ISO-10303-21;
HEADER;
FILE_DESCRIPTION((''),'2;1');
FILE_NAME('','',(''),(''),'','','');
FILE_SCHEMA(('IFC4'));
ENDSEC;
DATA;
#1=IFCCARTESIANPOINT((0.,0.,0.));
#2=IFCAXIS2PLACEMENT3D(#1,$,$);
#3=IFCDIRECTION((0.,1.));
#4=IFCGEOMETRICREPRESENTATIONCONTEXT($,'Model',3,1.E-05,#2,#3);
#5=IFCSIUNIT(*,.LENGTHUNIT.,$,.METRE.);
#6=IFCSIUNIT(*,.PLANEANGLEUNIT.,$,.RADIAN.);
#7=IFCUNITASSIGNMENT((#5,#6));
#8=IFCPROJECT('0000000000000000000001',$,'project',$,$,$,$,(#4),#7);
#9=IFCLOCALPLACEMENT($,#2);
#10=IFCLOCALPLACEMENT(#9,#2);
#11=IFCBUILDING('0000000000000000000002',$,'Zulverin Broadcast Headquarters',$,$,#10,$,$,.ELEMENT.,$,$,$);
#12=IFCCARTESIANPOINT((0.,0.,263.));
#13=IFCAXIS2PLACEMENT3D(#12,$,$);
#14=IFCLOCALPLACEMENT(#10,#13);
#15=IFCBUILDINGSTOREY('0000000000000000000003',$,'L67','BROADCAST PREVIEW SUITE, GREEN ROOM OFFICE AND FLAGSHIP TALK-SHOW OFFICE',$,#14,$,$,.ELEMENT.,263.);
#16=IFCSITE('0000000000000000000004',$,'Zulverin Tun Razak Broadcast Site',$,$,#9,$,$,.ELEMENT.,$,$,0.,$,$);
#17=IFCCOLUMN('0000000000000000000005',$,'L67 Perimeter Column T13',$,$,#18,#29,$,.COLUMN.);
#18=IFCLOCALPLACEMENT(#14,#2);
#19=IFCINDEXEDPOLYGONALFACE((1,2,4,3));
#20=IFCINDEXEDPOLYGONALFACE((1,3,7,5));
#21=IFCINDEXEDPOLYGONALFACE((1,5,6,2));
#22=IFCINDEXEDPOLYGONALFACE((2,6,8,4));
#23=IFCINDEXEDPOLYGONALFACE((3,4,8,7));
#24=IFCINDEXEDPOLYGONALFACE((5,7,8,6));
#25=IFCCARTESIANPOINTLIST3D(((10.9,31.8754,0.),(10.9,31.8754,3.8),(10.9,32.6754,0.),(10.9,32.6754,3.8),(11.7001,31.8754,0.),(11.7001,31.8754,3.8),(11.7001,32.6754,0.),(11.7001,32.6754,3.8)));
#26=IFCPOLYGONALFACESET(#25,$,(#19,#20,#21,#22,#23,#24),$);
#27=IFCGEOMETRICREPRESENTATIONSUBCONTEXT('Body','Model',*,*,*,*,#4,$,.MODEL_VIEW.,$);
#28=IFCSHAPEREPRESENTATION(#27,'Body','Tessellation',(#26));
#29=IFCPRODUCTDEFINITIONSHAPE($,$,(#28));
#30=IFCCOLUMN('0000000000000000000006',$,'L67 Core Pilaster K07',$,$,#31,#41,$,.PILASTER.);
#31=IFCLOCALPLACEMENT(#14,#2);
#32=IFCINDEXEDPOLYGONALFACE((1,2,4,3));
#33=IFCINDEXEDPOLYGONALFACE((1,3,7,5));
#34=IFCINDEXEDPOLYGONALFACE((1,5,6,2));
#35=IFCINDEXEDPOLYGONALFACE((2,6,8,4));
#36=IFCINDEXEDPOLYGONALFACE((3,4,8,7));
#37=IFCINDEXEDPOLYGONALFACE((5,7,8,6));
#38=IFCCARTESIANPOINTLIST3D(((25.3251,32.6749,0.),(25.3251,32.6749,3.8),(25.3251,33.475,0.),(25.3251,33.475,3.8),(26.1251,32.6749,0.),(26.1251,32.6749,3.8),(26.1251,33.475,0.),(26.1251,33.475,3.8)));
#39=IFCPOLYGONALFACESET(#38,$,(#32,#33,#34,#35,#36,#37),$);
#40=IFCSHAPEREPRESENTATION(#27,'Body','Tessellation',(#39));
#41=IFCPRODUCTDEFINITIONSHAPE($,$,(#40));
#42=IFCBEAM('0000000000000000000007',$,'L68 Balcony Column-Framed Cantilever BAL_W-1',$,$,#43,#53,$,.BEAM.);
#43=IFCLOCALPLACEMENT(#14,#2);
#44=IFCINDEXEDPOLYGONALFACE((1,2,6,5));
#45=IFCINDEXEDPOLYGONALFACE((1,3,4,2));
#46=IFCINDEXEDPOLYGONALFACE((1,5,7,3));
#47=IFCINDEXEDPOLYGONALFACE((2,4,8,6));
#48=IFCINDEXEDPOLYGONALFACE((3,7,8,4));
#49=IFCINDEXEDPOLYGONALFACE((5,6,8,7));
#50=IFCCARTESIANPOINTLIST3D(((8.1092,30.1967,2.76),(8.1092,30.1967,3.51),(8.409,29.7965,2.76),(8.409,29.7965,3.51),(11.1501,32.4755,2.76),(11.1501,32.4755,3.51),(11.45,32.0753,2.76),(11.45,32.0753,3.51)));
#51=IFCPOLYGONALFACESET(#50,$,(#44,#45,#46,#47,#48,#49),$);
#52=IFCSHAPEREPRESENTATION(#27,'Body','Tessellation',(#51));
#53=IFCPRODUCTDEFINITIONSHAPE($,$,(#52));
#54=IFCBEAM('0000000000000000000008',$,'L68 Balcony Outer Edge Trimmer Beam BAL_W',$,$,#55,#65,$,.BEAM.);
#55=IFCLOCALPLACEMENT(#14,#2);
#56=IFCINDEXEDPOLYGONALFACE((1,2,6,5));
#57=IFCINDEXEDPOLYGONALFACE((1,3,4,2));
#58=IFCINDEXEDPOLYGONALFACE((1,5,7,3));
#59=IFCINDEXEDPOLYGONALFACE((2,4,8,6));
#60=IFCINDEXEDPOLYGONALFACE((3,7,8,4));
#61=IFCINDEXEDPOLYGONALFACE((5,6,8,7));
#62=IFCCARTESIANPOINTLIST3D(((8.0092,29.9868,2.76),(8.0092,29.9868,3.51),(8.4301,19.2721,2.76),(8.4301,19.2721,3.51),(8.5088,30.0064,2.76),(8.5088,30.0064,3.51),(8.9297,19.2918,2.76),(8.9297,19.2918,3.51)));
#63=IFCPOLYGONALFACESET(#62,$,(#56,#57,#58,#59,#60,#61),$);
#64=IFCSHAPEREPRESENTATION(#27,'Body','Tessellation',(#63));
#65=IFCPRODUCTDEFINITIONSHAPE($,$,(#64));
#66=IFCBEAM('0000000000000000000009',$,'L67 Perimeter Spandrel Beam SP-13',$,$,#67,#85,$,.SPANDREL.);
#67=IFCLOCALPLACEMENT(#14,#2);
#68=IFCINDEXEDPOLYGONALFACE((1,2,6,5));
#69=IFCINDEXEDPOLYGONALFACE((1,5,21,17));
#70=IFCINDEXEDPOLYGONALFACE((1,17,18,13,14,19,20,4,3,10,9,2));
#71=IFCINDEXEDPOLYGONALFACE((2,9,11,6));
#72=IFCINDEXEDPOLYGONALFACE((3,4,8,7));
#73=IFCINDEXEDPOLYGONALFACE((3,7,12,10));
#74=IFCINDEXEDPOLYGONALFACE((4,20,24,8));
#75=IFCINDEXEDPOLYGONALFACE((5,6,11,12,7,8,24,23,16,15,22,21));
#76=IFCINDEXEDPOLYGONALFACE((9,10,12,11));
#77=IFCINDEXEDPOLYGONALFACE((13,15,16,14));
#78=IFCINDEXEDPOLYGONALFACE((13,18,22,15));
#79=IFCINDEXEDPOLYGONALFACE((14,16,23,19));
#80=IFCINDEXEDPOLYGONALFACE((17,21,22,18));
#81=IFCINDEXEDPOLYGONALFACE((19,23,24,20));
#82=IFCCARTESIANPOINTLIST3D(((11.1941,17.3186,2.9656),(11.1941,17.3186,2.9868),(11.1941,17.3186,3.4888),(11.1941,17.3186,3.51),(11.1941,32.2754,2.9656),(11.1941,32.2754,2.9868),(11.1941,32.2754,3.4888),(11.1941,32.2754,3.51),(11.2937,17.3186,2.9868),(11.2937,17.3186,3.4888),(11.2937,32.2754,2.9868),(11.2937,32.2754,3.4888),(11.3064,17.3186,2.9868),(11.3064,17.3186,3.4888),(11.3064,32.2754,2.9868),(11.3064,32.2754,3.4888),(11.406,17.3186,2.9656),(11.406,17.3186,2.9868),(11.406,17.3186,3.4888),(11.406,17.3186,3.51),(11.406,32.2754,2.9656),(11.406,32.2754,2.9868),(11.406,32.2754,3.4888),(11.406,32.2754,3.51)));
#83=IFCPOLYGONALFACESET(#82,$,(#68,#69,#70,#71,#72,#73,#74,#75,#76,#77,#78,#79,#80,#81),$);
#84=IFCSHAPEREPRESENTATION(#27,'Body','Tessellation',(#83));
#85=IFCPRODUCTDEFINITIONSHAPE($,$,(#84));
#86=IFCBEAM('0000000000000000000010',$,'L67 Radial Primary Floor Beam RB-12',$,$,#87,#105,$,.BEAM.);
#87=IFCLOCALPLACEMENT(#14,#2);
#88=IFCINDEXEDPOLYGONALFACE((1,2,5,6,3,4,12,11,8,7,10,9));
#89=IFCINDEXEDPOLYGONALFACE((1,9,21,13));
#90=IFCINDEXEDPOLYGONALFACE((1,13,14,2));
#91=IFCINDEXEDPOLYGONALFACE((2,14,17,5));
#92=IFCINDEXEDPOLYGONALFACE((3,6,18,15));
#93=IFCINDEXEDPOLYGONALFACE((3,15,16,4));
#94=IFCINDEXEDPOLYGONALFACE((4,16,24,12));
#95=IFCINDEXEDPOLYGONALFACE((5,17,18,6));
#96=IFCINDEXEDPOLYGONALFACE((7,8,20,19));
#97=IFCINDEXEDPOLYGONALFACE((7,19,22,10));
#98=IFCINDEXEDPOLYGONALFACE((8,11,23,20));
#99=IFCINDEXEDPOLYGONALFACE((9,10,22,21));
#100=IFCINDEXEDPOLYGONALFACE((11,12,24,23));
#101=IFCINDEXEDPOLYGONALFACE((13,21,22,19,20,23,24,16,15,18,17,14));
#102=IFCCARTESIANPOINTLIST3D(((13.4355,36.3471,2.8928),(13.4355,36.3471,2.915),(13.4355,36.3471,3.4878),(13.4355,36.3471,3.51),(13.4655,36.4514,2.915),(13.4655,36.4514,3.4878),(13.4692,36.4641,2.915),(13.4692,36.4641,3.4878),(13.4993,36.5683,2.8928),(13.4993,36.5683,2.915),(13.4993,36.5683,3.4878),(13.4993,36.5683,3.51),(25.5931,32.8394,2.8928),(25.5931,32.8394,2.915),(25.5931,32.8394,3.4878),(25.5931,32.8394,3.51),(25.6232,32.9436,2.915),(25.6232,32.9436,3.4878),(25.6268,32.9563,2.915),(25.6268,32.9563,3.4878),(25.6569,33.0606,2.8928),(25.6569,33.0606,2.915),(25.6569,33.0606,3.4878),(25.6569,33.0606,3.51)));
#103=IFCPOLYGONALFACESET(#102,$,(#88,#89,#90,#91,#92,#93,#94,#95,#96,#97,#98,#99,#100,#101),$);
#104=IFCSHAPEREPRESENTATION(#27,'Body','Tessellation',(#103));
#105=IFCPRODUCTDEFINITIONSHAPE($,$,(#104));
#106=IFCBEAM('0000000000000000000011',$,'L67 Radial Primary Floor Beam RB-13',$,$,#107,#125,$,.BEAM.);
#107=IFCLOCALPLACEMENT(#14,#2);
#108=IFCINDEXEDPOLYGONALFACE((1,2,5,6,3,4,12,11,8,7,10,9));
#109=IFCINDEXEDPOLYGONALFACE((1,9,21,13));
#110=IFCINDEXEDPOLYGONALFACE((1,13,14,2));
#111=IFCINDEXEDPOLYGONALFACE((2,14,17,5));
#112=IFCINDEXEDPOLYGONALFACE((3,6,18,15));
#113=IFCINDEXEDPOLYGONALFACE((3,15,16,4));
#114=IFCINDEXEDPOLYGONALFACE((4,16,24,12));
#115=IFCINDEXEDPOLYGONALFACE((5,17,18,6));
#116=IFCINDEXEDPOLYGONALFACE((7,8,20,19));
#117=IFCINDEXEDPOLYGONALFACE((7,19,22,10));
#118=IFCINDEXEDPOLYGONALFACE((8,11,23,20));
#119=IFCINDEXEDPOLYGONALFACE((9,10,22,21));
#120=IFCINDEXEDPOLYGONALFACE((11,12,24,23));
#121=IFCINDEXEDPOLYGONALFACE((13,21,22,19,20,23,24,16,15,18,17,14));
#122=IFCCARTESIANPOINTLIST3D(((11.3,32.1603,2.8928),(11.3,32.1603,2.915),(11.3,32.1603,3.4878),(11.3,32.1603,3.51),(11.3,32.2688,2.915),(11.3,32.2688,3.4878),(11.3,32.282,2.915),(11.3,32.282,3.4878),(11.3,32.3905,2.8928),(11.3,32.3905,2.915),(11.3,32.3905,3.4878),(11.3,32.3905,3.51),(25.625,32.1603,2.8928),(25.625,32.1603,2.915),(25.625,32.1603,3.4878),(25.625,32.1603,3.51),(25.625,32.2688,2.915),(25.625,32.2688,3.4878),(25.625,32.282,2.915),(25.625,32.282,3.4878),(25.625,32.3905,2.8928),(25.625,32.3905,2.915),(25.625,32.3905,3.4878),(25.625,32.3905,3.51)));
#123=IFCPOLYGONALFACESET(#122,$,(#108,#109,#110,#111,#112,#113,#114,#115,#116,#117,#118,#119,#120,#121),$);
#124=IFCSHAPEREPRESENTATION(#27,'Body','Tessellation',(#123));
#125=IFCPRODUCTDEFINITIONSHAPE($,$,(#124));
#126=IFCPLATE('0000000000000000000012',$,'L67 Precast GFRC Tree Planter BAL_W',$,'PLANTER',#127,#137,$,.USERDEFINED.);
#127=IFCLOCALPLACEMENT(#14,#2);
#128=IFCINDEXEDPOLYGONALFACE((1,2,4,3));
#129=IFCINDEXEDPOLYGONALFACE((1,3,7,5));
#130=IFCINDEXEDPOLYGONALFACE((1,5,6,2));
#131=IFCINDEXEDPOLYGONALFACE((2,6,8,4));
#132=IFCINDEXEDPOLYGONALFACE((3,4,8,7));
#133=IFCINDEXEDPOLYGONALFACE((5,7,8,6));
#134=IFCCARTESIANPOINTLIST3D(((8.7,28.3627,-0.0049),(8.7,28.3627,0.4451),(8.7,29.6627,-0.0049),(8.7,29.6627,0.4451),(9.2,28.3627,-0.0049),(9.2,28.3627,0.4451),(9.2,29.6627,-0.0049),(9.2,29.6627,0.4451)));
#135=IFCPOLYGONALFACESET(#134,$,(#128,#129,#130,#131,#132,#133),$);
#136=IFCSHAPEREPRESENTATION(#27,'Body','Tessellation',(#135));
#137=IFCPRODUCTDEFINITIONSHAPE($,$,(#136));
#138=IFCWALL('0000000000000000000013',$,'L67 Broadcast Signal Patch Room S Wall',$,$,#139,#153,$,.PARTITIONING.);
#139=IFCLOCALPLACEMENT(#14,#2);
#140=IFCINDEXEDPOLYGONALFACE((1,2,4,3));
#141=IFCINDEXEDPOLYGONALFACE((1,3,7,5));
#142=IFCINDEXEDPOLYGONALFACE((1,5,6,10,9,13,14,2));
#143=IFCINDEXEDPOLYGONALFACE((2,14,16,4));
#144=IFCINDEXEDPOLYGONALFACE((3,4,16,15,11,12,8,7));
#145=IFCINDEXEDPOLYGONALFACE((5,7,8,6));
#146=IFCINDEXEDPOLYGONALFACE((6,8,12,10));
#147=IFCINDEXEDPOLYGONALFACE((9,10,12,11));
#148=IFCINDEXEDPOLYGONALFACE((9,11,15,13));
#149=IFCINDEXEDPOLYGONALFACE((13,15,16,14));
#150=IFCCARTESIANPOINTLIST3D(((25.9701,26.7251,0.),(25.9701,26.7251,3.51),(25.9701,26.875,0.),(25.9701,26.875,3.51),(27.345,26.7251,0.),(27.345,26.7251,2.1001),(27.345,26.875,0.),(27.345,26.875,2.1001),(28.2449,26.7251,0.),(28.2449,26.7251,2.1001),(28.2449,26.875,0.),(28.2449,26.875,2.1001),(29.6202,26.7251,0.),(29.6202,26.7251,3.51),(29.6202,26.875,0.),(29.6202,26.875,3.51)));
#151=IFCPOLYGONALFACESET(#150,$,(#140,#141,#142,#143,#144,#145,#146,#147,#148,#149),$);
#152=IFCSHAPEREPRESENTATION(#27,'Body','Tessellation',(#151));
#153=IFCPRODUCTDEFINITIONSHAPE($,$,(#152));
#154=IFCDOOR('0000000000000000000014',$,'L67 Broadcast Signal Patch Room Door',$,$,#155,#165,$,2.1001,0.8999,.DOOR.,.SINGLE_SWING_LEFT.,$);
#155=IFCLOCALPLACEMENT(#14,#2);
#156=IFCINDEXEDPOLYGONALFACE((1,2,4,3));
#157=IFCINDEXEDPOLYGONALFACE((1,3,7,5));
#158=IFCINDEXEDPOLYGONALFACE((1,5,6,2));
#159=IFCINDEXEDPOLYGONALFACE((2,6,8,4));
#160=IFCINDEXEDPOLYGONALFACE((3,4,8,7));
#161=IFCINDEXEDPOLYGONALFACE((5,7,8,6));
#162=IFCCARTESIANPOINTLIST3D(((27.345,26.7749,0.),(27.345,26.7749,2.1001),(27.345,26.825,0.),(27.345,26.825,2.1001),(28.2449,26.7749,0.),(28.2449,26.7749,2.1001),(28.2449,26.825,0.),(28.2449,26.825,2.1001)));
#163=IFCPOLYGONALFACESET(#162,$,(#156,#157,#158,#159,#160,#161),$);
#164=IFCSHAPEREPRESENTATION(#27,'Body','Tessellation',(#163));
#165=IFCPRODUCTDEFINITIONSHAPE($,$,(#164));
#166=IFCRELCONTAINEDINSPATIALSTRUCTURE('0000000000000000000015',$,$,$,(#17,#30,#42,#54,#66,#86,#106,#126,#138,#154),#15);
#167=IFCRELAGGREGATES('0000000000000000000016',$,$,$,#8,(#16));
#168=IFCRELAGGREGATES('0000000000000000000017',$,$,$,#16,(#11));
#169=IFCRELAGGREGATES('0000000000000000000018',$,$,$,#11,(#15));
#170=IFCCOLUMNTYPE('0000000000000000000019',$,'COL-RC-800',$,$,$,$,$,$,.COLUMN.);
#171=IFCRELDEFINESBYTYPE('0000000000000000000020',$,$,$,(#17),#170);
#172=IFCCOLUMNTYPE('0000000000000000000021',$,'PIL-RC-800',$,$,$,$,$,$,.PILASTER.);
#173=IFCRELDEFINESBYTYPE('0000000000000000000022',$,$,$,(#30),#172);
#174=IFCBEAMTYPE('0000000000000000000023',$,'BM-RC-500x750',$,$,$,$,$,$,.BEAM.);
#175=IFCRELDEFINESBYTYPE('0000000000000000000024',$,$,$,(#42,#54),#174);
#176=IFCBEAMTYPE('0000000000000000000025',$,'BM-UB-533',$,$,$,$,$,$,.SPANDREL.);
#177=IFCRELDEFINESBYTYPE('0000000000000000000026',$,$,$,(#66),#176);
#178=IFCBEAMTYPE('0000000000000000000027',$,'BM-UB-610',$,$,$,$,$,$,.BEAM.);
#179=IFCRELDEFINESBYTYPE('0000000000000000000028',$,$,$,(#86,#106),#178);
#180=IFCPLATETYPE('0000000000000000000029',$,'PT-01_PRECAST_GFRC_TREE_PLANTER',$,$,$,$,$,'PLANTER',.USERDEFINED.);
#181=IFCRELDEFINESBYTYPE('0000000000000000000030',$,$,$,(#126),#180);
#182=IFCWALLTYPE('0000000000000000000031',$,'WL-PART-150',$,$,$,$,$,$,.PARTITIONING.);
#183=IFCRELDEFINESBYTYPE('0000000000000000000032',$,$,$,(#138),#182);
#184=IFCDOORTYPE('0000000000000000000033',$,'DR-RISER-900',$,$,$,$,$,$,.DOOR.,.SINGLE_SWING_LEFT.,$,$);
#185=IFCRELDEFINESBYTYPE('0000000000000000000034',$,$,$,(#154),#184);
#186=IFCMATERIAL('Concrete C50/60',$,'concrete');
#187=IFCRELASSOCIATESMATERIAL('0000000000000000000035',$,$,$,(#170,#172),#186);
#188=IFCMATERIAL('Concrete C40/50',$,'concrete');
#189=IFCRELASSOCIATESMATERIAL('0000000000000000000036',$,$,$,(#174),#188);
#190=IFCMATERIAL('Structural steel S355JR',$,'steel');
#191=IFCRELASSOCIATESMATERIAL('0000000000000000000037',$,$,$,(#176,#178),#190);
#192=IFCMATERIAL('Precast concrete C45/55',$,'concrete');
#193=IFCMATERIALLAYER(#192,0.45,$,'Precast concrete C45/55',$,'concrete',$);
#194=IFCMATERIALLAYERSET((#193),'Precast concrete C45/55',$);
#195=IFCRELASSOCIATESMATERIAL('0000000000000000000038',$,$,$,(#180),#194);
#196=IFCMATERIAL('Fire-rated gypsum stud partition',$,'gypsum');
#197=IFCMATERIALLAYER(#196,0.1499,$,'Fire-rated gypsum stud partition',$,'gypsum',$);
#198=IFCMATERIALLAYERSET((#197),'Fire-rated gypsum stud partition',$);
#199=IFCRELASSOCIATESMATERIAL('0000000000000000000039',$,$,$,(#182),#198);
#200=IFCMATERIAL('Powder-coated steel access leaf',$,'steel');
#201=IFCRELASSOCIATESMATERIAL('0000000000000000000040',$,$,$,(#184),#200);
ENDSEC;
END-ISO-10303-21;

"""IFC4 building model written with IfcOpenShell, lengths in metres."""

from ifc_helpers import new_model, si_unit, direction, frame, frame_2d, origin, origin_2d, place, context, subcontext, project, spatial, rectangle, i_section, extrude, material, layer, layer_set, material_profile, profile_set, type_object, element, fill, save


model = new_model("IFC4")

# Units and contexts
model_context = context("Model", 3, precision=1e-05, world=origin(), true_north=direction((0.0, 1.0)))
body_context = subcontext(model_context, "Body", "Model", "MODEL_VIEW")
ifc_project = project(units=[si_unit("LENGTHUNIT", "METRE"), si_unit("PLANEANGLEUNIT", "RADIAN")], contexts=[model_context])

# Site, building, storey
site_placement = place(None, origin())
site = spatial("IfcSite", under=ifc_project, at=site_placement, Name="Zulverin Tun Razak Broadcast Site", CompositionType="ELEMENT", RefElevation=0.0)
building_placement = place(site_placement, origin())
building = spatial("IfcBuilding", under=site, at=building_placement, Name="Zulverin Broadcast Headquarters", CompositionType="ELEMENT")
storey_placement = place(building_placement, frame((0.0, 0.0, 263.0)))
storey = spatial("IfcBuildingStorey", under=building, at=storey_placement, Name="L67", Description="BROADCAST PREVIEW SUITE, GREEN ROOM OFFICE AND FLAGSHIP TALK-SHOW OFFICE", CompositionType="ELEMENT", Elevation=263.0)

# Columns
ifc_material_1 = material(Name="Concrete C50/60", Category="concrete")
ifc_material_profile_1 = material_profile(ifc_material_1, rectangle(XDim=0.8, YDim=0.8, at=origin_2d()), Name="Concrete C50/60", Category="concrete")
ifc_profile_set_1 = profile_set([ifc_material_profile_1], Name="Concrete C50/60")
column_type_1 = type_object("IfcColumnType", Name="COL-RC-800", PredefinedType="COLUMN", material=ifc_profile_set_1)
column_1_placement = place(storey_placement, frame((11.3, 32.2754, 0.0), z_axis=(0.0, 0.0, 1.0), x_axis=(1.0, 0.0, 0.0)))
element("IfcColumn", 1, at=column_1_placement, inside=storey, type_object=column_type_1, Name="L67 Perimeter Column T13", PredefinedType="COLUMN", context=body_context, shape_type="SweptSolid", body=[
    extrude(rectangle(XDim=0.8, YDim=0.8, at=origin_2d()), origin(), (0.0, 0.0, 1.0), 3.8),
])
ifc_material_profile_2 = material_profile(ifc_material_1, rectangle(XDim=0.8, YDim=0.8, at=origin_2d()), Name="Concrete C50/60", Category="concrete")
ifc_profile_set_2 = profile_set([ifc_material_profile_2], Name="Concrete C50/60")
column_type_2 = type_object("IfcColumnType", Name="PIL-RC-800", PredefinedType="PILASTER", material=ifc_profile_set_2)
column_2_placement = place(storey_placement, frame((25.7251, 33.075, 0.0), z_axis=(0.0, 0.0, 1.0), x_axis=(1.0, 0.0, 0.0)))
element("IfcColumn", 2, at=column_2_placement, inside=storey, type_object=column_type_2, Name="L67 Core Pilaster K07", PredefinedType="PILASTER", context=body_context, shape_type="SweptSolid", body=[
    extrude(rectangle(XDim=0.8, YDim=0.8, at=origin_2d()), origin(), (0.0, 0.0, 1.0), 3.8),
])

# Beams
ifc_material_2 = material(Name="Concrete C40/50", Category="concrete")
ifc_material_profile_3 = material_profile(ifc_material_2, rectangle(XDim=0.5, YDim=0.75, at=origin_2d()), Name="Concrete C40/50", Category="concrete")
ifc_profile_set_3 = profile_set([ifc_material_profile_3], Name="Concrete C40/50")
beam_type_1 = type_object("IfcBeamType", Name="BM-RC-500x750", PredefinedType="BEAM", material=ifc_profile_set_3)
beam_1_placement = place(storey_placement, frame((11.3, 32.2754, 3.135), z_axis=(-0.800247, -0.599671, 0.0), x_axis=(0.599671, -0.800247, 0.0)))
element("IfcBeam", 3, at=beam_1_placement, inside=storey, type_object=beam_type_1, Name="L68 Balcony Column-Framed Cantilever BAL_W-1", PredefinedType="BEAM", context=body_context, shape_type="SweptSolid", body=[
    extrude(rectangle(XDim=0.5, YDim=0.75, at=origin_2d()), origin(), (0.0, 0.0, 1.0), 3.8),
])
beam_2_placement = place(storey_placement, frame((8.259, 29.9966, 3.135), z_axis=(0.039252, -0.999229, 0.0), x_axis=(0.999229, 0.039252, 0.0)))
element("IfcBeam", 4, at=beam_2_placement, inside=storey, type_object=beam_type_1, Name="L68 Balcony Outer Edge Trimmer Beam BAL_W", PredefinedType="BEAM", context=body_context, shape_type="SweptSolid", body=[
    extrude(rectangle(XDim=0.5, YDim=0.75, at=origin_2d()), origin(), (0.0, 0.0, 1.0), 10.7229),
])
ifc_material_3 = material(Name="Structural steel S355JR", Category="steel")
ifc_material_profile_4 = material_profile(ifc_material_3, i_section(OverallWidth=0.2119, OverallDepth=0.5444, WebThickness=0.0127, FlangeThickness=0.0212, at=origin_2d()), Name="Structural steel S355JR", Category="steel")
ifc_profile_set_4 = profile_set([ifc_material_profile_4], Name="Structural steel S355JR")
beam_type_2 = type_object("IfcBeamType", Name="BM-UB-533", PredefinedType="SPANDREL", material=ifc_profile_set_4)
beam_3_placement = place(storey_placement, frame((11.3, 32.2754, 3.2378), z_axis=(0.0, -1.0, 0.0), x_axis=(1.0, 0.0, 0.0)))
element("IfcBeam", 5, at=beam_3_placement, inside=storey, type_object=beam_type_2, Name="L67 Perimeter Spandrel Beam SP-13", PredefinedType="SPANDREL", context=body_context, shape_type="SweptSolid", body=[
    extrude(i_section(OverallWidth=0.2119, OverallDepth=0.5444, WebThickness=0.0127, FlangeThickness=0.0212, at=origin_2d()), origin(), (0.0, 0.0, 1.0), 14.9568),
])
ifc_material_profile_5 = material_profile(ifc_material_3, i_section(OverallWidth=0.2302, OverallDepth=0.6172, WebThickness=0.0132, FlangeThickness=0.0222, at=origin_2d()), Name="Structural steel S355JR", Category="steel")
ifc_profile_set_5 = profile_set([ifc_material_profile_5], Name="Structural steel S355JR")
beam_type_3 = type_object("IfcBeamType", Name="BM-UB-610", PredefinedType="BEAM", material=ifc_profile_set_5)
beam_4_placement = place(storey_placement, frame((25.625, 32.95, 3.2014), z_axis=(-0.960807, 0.277218, 0.0), x_axis=(-0.277218, -0.960807, 0.0)))
element("IfcBeam", 6, at=beam_4_placement, inside=storey, type_object=beam_type_3, Name="L67 Radial Primary Floor Beam RB-12", PredefinedType="BEAM", context=body_context, shape_type="SweptSolid", body=[
    extrude(i_section(OverallWidth=0.2302, OverallDepth=0.6172, WebThickness=0.0132, FlangeThickness=0.0222, at=origin_2d()), origin(), (0.0, 0.0, 1.0), 12.6536),
])
beam_5_placement = place(storey_placement, frame((25.625, 32.2754, 3.2014), z_axis=(-1.0, 0.0, 0.0), x_axis=(0.0, -1.0, 0.0)))
element("IfcBeam", 7, at=beam_5_placement, inside=storey, type_object=beam_type_3, Name="L67 Radial Primary Floor Beam RB-13", PredefinedType="BEAM", context=body_context, shape_type="SweptSolid", body=[
    extrude(i_section(OverallWidth=0.2302, OverallDepth=0.6172, WebThickness=0.0132, FlangeThickness=0.0222, at=origin_2d()), origin(), (0.0, 0.0, 1.0), 14.325),
])

# Plate
ifc_material_4 = material(Name="Precast concrete C45/55", Category="concrete")
ifc_layer_1 = layer(ifc_material_4, 0.45, Name="Precast concrete C45/55", Category="concrete")
ifc_layer_set_1 = layer_set([ifc_layer_1], Name="Precast concrete C45/55")
plate_type = type_object("IfcPlateType", Name="PT-01_PRECAST_GFRC_TREE_PLANTER", ElementType="PLANTER", PredefinedType="USERDEFINED", material=ifc_layer_set_1)
plate_placement = place(storey_placement, frame((8.95, 29.0127, -0.0049), z_axis=(0.0, 0.0, 1.0), x_axis=(0.0, 1.0, 0.0)))
element("IfcPlate", 8, at=plate_placement, inside=storey, type_object=plate_type, Name="L67 Precast GFRC Tree Planter BAL_W", ObjectType="PLANTER", PredefinedType="USERDEFINED", context=body_context, shape_type="SweptSolid", body=[
    extrude(rectangle(XDim=1.3, YDim=0.5, at=origin_2d()), origin(), (0.0, 0.0, 1.0), 0.45),
])

# Wall, opening, door
ifc_material_5 = material(Name="Fire-rated gypsum stud partition", Category="gypsum")
ifc_layer_2 = layer(ifc_material_5, 0.1499, Name="Fire-rated gypsum stud partition", Category="gypsum")
ifc_layer_set_2 = layer_set([ifc_layer_2], Name="Fire-rated gypsum stud partition")
wall_type = type_object("IfcWallType", Name="WL-PART-150", PredefinedType="PARTITIONING", material=ifc_layer_set_2)
wall_1_placement = place(storey_placement, frame((25.97, 26.8, 0.0), z_axis=(0.0, 0.0, 1.0), x_axis=(1.0, 0.0, 0.0)))
wall_1 = element("IfcWall", 9, at=wall_1_placement, inside=storey, type_object=wall_type, Name="L67 Broadcast Signal Patch Room S Wall", PredefinedType="PARTITIONING", context=body_context, shape_type="SweptSolid", body=[
    extrude(rectangle(XDim=3.6501, YDim=0.1499, at=frame_2d((1.8252, 0.0))), origin(), (0.0, 0.0, 1.0), 3.51),
])
opening_placement = place(wall_1_placement, frame((1.375, 0.0, 0.0)))
opening = element("IfcOpeningElement", 10, at=opening_placement, cuts=wall_1, PredefinedType="OPENING", context=body_context, shape_type="SweptSolid", body=[
    extrude(rectangle(XDim=0.8999, YDim=2.1001, at=frame_2d((0.45, 1.05))), frame((0.0, 0.085, 0.0), z_axis=(0.0, -1.0, 0.0), x_axis=(1.0, 0.0, 0.0)), (0.0, 0.0, 1.0), 0.1699),
])
ifc_material_6 = material(Name="Powder-coated steel access leaf", Category="steel")
door_type = type_object("IfcDoorType", Name="DR-RISER-900", OperationType="SINGLE_SWING_LEFT", PredefinedType="DOOR", material=ifc_material_6)
door_placement = place(opening_placement, origin())
door = element("IfcDoor", 11, at=door_placement, inside=storey, type_object=door_type, Name="L67 Broadcast Signal Patch Room Door", OperationType="SINGLE_SWING_LEFT", OverallHeight=2.1001, OverallWidth=0.8999, PredefinedType="DOOR", context=body_context, shape_type="SweptSolid", body=[
    extrude(rectangle(XDim=0.8999, YDim=2.1001, at=frame_2d((0.45, 1.05))), frame((0.0, 0.0249, 0.0), z_axis=(0.0, -1.0, 0.0), x_axis=(1.0, 0.0, 0.0)), (0.0, 0.0, 1.0), 0.05),
])
fill(opening, door)

save(model, "model.ifc")
